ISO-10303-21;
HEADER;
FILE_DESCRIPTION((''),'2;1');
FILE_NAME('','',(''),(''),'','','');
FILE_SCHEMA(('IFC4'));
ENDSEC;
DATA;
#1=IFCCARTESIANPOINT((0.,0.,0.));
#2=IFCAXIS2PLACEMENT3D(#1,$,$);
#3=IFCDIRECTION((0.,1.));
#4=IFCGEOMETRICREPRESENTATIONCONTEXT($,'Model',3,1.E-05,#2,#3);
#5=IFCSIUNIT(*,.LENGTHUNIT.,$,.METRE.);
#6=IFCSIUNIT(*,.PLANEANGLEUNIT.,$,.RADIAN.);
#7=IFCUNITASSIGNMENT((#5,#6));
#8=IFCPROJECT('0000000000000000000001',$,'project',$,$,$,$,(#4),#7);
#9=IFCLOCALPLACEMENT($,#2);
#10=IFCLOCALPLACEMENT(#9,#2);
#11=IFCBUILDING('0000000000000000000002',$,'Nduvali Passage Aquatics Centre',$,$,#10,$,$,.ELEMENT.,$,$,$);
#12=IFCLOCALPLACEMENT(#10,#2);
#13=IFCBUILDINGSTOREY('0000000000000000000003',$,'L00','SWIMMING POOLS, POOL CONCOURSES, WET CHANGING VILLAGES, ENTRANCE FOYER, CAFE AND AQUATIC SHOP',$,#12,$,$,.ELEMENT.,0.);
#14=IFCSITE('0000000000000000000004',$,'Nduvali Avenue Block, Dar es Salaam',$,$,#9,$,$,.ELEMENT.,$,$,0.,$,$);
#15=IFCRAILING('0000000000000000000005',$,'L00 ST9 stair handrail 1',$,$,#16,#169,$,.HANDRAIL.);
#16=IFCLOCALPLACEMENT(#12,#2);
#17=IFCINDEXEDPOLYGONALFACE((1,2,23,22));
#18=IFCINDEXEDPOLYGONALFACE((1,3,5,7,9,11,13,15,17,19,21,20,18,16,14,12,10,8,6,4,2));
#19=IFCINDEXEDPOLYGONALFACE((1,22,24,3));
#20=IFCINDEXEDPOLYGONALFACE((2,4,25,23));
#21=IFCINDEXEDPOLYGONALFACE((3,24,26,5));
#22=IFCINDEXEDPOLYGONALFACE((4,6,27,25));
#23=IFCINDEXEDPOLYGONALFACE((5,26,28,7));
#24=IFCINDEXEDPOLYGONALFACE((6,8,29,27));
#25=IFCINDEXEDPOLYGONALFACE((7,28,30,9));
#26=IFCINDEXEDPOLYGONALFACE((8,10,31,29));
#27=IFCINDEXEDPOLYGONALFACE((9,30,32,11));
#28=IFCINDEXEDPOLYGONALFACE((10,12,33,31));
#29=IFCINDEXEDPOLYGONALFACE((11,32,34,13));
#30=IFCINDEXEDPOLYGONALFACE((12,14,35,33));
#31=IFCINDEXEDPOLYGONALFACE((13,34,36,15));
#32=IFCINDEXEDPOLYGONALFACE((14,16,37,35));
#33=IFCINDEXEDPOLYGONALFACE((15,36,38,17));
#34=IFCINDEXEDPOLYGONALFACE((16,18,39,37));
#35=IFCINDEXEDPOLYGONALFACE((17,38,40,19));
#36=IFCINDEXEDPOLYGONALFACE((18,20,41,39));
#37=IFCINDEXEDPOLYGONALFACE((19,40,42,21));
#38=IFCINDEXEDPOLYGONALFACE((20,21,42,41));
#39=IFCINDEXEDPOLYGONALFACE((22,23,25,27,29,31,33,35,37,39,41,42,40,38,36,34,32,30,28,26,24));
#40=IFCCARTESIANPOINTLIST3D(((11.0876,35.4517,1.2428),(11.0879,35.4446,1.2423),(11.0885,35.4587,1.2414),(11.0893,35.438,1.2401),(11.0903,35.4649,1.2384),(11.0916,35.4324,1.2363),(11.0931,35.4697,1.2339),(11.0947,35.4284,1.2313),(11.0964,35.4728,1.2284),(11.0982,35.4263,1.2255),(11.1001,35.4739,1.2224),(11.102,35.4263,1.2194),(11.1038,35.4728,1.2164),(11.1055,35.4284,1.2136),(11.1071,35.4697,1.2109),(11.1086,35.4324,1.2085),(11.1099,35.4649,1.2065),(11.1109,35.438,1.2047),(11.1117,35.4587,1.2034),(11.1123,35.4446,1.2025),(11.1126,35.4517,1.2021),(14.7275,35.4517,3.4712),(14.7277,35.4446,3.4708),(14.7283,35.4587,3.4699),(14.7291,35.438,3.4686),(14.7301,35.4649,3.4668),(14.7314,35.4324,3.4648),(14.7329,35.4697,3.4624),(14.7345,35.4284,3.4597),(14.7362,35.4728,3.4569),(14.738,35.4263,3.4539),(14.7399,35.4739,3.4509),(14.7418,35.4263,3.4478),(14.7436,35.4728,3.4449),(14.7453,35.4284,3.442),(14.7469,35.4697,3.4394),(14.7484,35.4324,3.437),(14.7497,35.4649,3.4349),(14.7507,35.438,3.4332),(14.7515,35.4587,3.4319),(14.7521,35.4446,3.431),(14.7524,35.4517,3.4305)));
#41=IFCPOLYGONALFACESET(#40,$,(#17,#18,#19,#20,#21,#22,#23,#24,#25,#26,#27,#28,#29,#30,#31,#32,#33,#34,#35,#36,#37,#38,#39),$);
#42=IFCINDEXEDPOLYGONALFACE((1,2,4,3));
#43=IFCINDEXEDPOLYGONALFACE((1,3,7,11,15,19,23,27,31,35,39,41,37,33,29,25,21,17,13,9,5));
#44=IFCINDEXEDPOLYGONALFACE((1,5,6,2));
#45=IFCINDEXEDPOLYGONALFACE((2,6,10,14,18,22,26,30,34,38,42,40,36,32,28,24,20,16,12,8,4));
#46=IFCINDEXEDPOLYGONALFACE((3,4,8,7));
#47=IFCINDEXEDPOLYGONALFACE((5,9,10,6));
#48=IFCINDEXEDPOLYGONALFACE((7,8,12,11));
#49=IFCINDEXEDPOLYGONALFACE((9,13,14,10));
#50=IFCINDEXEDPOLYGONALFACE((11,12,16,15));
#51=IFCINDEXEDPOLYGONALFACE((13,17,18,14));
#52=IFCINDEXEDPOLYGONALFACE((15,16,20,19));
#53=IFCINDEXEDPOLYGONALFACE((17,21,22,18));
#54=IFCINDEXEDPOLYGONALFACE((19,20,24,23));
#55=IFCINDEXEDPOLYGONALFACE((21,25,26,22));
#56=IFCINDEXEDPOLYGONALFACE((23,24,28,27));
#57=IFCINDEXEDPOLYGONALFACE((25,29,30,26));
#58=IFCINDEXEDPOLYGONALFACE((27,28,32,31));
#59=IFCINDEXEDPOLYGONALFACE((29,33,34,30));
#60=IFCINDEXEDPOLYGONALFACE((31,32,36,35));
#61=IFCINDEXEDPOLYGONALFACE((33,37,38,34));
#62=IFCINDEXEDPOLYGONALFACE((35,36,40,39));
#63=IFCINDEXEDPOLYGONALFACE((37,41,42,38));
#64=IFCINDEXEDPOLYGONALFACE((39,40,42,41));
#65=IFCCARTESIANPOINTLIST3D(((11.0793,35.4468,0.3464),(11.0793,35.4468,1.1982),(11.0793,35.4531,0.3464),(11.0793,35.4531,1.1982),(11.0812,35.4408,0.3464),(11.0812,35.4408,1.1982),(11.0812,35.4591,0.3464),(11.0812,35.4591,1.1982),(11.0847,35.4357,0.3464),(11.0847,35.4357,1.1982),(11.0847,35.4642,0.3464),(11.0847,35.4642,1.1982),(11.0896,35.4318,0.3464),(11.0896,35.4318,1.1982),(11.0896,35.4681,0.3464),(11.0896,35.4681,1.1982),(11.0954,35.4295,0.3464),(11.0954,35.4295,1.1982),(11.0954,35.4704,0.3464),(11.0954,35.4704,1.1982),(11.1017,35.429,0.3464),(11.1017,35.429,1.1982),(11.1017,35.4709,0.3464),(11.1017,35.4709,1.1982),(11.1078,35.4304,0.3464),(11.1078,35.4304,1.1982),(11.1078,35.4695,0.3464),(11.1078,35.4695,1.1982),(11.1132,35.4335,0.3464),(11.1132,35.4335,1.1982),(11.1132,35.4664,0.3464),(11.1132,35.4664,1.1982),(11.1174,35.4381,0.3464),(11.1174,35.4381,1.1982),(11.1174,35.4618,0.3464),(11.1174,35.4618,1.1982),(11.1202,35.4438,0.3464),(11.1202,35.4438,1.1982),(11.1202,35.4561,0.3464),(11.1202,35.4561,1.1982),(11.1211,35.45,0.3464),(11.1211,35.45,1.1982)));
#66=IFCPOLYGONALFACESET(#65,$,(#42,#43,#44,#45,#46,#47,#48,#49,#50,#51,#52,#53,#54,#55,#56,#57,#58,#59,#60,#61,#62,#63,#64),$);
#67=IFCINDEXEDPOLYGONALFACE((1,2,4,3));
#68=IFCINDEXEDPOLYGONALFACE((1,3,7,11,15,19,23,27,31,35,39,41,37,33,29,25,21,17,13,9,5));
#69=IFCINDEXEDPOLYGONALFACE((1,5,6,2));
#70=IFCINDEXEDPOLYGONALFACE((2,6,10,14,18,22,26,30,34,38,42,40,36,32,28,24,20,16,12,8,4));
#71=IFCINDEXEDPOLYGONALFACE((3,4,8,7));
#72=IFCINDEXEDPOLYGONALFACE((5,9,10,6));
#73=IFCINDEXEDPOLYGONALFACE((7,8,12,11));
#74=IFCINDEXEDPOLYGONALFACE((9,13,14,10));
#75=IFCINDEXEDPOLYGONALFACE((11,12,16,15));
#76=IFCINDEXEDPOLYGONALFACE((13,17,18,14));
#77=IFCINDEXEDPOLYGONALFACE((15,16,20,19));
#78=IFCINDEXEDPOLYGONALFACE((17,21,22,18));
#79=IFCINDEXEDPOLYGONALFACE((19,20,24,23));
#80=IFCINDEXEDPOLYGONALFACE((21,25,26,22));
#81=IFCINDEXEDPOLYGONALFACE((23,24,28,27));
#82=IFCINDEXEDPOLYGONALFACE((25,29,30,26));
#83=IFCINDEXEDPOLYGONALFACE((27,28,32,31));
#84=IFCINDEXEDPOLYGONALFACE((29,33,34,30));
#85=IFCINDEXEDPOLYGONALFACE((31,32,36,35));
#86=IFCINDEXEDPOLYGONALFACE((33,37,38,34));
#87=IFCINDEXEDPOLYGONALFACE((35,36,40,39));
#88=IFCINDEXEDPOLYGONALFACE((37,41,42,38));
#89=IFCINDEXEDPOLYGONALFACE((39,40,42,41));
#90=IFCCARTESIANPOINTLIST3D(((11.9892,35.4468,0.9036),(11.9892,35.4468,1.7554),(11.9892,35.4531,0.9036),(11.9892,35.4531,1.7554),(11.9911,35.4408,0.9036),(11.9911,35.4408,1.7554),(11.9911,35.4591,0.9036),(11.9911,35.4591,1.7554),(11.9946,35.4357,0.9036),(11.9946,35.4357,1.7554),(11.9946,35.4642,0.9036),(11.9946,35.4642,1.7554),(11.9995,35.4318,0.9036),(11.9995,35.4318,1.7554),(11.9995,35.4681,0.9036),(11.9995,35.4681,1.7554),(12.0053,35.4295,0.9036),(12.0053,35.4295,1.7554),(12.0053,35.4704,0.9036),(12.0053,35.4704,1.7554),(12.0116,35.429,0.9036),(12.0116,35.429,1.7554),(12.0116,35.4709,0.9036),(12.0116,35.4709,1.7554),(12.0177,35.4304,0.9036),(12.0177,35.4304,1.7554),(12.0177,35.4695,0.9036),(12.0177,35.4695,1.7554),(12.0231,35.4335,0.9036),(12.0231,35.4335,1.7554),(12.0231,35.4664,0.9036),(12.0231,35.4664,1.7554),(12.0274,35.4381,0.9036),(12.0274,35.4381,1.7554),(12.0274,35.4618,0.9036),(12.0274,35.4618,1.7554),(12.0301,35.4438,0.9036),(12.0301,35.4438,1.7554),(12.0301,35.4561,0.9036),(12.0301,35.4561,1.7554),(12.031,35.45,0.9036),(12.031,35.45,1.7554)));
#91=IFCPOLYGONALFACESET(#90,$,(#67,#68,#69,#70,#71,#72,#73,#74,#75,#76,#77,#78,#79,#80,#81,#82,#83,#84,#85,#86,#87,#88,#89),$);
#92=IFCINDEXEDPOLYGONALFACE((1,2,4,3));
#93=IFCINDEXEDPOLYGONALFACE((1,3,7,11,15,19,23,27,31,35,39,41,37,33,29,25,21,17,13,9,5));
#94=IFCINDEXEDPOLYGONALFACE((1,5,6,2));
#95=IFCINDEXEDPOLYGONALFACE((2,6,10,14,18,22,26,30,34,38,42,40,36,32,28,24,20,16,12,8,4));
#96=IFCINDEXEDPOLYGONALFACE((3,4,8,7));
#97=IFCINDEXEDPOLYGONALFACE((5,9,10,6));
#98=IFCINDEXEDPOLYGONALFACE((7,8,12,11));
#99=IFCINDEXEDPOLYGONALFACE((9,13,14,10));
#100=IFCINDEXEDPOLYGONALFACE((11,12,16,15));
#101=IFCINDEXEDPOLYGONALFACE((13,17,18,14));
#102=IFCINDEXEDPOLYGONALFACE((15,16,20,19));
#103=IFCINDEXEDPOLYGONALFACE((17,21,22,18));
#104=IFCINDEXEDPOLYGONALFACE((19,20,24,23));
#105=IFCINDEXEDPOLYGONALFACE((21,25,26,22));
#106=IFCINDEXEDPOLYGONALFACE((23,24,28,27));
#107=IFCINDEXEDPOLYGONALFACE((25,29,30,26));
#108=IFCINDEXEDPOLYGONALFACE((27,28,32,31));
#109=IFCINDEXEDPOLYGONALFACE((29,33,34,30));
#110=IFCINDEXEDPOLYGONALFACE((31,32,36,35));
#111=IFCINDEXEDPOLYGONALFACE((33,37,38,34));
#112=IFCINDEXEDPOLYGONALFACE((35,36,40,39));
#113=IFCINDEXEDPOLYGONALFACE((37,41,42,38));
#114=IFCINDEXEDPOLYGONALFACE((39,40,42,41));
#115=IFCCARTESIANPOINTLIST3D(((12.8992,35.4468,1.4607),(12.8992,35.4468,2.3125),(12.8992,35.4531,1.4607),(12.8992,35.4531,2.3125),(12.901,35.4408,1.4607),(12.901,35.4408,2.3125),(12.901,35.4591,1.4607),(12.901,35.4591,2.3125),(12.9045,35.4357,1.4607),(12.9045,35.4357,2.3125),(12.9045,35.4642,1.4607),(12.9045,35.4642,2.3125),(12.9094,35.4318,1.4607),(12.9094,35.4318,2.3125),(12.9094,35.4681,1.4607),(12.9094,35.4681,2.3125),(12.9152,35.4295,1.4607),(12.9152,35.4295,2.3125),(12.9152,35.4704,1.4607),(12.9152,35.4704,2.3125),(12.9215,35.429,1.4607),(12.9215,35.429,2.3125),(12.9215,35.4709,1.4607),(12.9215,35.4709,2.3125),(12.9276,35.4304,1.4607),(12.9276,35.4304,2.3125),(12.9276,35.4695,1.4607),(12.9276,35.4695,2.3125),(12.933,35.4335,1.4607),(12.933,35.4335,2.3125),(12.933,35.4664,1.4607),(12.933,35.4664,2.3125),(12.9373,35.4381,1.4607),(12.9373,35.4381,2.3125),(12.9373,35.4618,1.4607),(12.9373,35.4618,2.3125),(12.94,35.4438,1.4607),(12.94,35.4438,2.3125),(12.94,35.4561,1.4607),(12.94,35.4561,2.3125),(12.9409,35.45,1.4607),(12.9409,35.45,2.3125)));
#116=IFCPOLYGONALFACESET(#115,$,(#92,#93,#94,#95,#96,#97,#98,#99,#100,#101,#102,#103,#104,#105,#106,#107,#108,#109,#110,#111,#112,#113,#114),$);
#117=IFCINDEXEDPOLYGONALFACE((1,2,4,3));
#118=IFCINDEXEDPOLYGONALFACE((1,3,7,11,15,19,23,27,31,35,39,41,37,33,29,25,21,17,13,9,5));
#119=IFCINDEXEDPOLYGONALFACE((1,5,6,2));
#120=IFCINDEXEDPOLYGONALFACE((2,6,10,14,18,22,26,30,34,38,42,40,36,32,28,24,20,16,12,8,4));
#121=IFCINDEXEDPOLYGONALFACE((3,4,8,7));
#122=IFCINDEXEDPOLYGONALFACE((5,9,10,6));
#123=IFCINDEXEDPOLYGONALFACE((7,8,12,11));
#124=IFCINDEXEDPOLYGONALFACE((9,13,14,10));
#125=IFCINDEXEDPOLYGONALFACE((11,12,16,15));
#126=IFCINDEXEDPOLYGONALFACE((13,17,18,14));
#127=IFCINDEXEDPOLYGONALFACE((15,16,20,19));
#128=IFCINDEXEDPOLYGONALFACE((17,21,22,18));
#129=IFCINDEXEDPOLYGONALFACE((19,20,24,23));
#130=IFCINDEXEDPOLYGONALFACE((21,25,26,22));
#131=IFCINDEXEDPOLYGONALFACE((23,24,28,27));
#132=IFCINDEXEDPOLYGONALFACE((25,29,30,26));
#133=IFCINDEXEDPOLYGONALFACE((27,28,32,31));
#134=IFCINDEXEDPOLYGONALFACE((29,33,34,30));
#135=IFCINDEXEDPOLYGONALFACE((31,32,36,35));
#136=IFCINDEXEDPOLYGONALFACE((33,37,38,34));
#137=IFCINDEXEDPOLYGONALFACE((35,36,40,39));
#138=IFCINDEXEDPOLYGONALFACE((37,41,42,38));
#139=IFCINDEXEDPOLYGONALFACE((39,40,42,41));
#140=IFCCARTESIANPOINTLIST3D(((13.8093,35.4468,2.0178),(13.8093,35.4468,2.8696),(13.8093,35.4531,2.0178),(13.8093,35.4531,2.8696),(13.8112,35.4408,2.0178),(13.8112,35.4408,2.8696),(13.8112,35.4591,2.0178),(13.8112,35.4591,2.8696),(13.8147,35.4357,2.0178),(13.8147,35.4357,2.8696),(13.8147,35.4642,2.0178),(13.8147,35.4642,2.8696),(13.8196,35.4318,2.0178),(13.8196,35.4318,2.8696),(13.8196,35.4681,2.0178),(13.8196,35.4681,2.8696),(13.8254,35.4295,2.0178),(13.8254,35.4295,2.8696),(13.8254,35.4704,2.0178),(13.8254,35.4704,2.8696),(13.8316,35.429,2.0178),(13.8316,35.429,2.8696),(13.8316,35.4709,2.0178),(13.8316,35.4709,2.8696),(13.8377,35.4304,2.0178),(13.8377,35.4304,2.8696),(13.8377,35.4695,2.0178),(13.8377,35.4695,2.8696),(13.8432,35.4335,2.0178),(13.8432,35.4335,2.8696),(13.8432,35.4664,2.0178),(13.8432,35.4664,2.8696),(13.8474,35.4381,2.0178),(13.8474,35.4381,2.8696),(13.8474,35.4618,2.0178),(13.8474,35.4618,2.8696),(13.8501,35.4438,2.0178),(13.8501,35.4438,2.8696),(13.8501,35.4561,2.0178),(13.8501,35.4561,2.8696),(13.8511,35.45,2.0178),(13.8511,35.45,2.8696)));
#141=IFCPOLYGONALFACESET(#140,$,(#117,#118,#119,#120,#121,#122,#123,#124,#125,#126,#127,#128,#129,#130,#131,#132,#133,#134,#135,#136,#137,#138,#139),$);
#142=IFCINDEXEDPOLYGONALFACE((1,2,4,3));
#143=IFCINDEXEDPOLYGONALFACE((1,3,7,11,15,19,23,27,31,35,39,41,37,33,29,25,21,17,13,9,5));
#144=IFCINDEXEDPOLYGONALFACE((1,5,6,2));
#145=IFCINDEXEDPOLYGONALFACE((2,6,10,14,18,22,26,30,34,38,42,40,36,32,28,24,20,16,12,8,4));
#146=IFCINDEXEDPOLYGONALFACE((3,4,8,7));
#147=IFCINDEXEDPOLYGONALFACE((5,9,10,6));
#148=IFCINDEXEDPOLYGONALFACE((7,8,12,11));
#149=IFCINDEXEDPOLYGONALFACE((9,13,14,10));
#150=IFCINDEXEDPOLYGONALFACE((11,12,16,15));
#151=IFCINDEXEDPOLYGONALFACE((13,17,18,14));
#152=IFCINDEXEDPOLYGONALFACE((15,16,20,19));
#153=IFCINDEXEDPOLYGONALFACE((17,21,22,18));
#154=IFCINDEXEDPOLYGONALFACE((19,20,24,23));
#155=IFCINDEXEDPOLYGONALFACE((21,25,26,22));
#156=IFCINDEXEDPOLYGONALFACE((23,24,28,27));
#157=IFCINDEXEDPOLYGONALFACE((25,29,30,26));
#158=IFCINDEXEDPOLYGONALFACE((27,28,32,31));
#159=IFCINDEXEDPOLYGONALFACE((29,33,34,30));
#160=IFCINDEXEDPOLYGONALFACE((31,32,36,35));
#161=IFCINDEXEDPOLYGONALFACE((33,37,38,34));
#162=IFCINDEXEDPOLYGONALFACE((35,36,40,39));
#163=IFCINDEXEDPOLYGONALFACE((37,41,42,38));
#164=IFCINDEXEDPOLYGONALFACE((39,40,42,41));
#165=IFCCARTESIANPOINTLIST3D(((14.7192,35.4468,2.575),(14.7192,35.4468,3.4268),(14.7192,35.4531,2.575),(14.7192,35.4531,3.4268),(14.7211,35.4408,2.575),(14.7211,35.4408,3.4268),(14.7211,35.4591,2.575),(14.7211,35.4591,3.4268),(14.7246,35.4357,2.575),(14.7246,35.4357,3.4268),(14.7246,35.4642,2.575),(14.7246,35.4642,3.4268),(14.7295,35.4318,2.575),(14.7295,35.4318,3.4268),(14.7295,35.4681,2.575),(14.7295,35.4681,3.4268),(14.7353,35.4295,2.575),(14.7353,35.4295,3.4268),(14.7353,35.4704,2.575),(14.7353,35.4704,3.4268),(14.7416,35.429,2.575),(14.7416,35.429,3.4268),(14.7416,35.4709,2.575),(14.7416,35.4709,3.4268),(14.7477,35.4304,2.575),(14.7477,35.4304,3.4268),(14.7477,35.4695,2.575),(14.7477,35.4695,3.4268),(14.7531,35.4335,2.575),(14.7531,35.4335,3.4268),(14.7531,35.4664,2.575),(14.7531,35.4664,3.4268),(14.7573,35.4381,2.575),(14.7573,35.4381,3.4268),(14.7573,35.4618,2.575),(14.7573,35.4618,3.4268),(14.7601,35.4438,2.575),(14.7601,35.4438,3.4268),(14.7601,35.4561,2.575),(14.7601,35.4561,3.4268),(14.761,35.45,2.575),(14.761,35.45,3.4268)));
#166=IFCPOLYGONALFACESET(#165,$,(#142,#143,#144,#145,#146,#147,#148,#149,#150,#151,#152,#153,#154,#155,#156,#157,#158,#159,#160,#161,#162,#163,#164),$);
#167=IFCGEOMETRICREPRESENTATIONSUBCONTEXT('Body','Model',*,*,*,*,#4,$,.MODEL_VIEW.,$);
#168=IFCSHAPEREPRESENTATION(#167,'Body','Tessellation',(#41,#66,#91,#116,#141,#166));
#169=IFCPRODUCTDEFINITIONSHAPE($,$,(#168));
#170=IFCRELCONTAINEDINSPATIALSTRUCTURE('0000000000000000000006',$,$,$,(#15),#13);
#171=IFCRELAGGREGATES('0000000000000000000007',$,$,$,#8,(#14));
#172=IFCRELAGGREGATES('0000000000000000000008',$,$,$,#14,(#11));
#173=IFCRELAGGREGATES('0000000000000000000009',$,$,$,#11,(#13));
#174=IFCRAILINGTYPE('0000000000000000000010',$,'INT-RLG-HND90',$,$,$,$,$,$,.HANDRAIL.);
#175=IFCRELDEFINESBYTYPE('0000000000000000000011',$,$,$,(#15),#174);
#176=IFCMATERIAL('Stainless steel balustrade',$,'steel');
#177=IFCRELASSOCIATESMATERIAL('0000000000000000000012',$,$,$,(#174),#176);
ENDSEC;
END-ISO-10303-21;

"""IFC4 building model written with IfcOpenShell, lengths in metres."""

from ifc_helpers import new_model, si_unit, direction, frame, origin, origin_2d, place, context, subcontext, project, spatial, circle, extrude, material, type_object, element, save


model = new_model("IFC4")

# Units and contexts
model_context = context("Model", 3, precision=1e-05, world=origin(), true_north=direction((0.0, 1.0)))
body_context = subcontext(model_context, "Body", "Model", "MODEL_VIEW")
ifc_project = project(units=[si_unit("LENGTHUNIT", "METRE"), si_unit("PLANEANGLEUNIT", "RADIAN")], contexts=[model_context])

# Site, building, storey
site_placement = place(None, origin())
site = spatial("IfcSite", under=ifc_project, at=site_placement, Name="Nduvali Avenue Block, Dar es Salaam", CompositionType="ELEMENT", RefElevation=0.0)
building_placement = place(site_placement, origin())
building = spatial("IfcBuilding", under=site, at=building_placement, Name="Nduvali Passage Aquatics Centre", CompositionType="ELEMENT")
storey_placement = place(building_placement, origin())
storey = spatial("IfcBuildingStorey", under=building, at=storey_placement, Name="L00", Description="SWIMMING POOLS, POOL CONCOURSES, WET CHANGING VILLAGES, ENTRANCE FOYER, CAFE AND AQUATIC SHOP", CompositionType="ELEMENT", Elevation=0.0)

# Railing
ifc_material_1 = material(Name="Stainless steel balustrade", Category="steel")
railing_type_1 = type_object("IfcRailingType", Name="INT-RLG-HND90", PredefinedType="HANDRAIL", material=ifc_material_1)
railing_1_placement = place(storey_placement, frame((11.1001, 35.45, 0.3464)))
element("IfcRailing", 1, at=railing_1_placement, inside=storey, type_object=railing_type_1, Name="L00 ST9 stair handrail 1", PredefinedType="HANDRAIL", context=body_context, shape_type="SweptSolid", body=[
    extrude(circle(Radius=0.0239, at=origin_2d()), frame((0.0, 0.0, 0.876), z_axis=(0.85285, 0.0, 0.522156), x_axis=(0.0, 1.0, 0.0)), (0.0, 0.0, 1.0), 4.2678),
    extrude(circle(Radius=0.021, at=origin_2d()), origin(), (0.0, 0.0, 1.0), 0.8518),
    extrude(circle(Radius=0.021, at=origin_2d()), frame((0.9099, 0.0, 0.5571)), (0.0, 0.0, 1.0), 0.8518),
    extrude(circle(Radius=0.021, at=origin_2d()), frame((1.8198, 0.0, 1.1143)), (0.0, 0.0, 1.0), 0.8518),
    extrude(circle(Radius=0.021, at=origin_2d()), frame((2.73, 0.0, 1.6714)), (0.0, 0.0, 1.0), 0.8518),
    extrude(circle(Radius=0.021, at=origin_2d()), frame((3.6399, 0.0, 2.2285)), (0.0, 0.0, 1.0), 0.8518),
])

save(model, "model.ifc")
